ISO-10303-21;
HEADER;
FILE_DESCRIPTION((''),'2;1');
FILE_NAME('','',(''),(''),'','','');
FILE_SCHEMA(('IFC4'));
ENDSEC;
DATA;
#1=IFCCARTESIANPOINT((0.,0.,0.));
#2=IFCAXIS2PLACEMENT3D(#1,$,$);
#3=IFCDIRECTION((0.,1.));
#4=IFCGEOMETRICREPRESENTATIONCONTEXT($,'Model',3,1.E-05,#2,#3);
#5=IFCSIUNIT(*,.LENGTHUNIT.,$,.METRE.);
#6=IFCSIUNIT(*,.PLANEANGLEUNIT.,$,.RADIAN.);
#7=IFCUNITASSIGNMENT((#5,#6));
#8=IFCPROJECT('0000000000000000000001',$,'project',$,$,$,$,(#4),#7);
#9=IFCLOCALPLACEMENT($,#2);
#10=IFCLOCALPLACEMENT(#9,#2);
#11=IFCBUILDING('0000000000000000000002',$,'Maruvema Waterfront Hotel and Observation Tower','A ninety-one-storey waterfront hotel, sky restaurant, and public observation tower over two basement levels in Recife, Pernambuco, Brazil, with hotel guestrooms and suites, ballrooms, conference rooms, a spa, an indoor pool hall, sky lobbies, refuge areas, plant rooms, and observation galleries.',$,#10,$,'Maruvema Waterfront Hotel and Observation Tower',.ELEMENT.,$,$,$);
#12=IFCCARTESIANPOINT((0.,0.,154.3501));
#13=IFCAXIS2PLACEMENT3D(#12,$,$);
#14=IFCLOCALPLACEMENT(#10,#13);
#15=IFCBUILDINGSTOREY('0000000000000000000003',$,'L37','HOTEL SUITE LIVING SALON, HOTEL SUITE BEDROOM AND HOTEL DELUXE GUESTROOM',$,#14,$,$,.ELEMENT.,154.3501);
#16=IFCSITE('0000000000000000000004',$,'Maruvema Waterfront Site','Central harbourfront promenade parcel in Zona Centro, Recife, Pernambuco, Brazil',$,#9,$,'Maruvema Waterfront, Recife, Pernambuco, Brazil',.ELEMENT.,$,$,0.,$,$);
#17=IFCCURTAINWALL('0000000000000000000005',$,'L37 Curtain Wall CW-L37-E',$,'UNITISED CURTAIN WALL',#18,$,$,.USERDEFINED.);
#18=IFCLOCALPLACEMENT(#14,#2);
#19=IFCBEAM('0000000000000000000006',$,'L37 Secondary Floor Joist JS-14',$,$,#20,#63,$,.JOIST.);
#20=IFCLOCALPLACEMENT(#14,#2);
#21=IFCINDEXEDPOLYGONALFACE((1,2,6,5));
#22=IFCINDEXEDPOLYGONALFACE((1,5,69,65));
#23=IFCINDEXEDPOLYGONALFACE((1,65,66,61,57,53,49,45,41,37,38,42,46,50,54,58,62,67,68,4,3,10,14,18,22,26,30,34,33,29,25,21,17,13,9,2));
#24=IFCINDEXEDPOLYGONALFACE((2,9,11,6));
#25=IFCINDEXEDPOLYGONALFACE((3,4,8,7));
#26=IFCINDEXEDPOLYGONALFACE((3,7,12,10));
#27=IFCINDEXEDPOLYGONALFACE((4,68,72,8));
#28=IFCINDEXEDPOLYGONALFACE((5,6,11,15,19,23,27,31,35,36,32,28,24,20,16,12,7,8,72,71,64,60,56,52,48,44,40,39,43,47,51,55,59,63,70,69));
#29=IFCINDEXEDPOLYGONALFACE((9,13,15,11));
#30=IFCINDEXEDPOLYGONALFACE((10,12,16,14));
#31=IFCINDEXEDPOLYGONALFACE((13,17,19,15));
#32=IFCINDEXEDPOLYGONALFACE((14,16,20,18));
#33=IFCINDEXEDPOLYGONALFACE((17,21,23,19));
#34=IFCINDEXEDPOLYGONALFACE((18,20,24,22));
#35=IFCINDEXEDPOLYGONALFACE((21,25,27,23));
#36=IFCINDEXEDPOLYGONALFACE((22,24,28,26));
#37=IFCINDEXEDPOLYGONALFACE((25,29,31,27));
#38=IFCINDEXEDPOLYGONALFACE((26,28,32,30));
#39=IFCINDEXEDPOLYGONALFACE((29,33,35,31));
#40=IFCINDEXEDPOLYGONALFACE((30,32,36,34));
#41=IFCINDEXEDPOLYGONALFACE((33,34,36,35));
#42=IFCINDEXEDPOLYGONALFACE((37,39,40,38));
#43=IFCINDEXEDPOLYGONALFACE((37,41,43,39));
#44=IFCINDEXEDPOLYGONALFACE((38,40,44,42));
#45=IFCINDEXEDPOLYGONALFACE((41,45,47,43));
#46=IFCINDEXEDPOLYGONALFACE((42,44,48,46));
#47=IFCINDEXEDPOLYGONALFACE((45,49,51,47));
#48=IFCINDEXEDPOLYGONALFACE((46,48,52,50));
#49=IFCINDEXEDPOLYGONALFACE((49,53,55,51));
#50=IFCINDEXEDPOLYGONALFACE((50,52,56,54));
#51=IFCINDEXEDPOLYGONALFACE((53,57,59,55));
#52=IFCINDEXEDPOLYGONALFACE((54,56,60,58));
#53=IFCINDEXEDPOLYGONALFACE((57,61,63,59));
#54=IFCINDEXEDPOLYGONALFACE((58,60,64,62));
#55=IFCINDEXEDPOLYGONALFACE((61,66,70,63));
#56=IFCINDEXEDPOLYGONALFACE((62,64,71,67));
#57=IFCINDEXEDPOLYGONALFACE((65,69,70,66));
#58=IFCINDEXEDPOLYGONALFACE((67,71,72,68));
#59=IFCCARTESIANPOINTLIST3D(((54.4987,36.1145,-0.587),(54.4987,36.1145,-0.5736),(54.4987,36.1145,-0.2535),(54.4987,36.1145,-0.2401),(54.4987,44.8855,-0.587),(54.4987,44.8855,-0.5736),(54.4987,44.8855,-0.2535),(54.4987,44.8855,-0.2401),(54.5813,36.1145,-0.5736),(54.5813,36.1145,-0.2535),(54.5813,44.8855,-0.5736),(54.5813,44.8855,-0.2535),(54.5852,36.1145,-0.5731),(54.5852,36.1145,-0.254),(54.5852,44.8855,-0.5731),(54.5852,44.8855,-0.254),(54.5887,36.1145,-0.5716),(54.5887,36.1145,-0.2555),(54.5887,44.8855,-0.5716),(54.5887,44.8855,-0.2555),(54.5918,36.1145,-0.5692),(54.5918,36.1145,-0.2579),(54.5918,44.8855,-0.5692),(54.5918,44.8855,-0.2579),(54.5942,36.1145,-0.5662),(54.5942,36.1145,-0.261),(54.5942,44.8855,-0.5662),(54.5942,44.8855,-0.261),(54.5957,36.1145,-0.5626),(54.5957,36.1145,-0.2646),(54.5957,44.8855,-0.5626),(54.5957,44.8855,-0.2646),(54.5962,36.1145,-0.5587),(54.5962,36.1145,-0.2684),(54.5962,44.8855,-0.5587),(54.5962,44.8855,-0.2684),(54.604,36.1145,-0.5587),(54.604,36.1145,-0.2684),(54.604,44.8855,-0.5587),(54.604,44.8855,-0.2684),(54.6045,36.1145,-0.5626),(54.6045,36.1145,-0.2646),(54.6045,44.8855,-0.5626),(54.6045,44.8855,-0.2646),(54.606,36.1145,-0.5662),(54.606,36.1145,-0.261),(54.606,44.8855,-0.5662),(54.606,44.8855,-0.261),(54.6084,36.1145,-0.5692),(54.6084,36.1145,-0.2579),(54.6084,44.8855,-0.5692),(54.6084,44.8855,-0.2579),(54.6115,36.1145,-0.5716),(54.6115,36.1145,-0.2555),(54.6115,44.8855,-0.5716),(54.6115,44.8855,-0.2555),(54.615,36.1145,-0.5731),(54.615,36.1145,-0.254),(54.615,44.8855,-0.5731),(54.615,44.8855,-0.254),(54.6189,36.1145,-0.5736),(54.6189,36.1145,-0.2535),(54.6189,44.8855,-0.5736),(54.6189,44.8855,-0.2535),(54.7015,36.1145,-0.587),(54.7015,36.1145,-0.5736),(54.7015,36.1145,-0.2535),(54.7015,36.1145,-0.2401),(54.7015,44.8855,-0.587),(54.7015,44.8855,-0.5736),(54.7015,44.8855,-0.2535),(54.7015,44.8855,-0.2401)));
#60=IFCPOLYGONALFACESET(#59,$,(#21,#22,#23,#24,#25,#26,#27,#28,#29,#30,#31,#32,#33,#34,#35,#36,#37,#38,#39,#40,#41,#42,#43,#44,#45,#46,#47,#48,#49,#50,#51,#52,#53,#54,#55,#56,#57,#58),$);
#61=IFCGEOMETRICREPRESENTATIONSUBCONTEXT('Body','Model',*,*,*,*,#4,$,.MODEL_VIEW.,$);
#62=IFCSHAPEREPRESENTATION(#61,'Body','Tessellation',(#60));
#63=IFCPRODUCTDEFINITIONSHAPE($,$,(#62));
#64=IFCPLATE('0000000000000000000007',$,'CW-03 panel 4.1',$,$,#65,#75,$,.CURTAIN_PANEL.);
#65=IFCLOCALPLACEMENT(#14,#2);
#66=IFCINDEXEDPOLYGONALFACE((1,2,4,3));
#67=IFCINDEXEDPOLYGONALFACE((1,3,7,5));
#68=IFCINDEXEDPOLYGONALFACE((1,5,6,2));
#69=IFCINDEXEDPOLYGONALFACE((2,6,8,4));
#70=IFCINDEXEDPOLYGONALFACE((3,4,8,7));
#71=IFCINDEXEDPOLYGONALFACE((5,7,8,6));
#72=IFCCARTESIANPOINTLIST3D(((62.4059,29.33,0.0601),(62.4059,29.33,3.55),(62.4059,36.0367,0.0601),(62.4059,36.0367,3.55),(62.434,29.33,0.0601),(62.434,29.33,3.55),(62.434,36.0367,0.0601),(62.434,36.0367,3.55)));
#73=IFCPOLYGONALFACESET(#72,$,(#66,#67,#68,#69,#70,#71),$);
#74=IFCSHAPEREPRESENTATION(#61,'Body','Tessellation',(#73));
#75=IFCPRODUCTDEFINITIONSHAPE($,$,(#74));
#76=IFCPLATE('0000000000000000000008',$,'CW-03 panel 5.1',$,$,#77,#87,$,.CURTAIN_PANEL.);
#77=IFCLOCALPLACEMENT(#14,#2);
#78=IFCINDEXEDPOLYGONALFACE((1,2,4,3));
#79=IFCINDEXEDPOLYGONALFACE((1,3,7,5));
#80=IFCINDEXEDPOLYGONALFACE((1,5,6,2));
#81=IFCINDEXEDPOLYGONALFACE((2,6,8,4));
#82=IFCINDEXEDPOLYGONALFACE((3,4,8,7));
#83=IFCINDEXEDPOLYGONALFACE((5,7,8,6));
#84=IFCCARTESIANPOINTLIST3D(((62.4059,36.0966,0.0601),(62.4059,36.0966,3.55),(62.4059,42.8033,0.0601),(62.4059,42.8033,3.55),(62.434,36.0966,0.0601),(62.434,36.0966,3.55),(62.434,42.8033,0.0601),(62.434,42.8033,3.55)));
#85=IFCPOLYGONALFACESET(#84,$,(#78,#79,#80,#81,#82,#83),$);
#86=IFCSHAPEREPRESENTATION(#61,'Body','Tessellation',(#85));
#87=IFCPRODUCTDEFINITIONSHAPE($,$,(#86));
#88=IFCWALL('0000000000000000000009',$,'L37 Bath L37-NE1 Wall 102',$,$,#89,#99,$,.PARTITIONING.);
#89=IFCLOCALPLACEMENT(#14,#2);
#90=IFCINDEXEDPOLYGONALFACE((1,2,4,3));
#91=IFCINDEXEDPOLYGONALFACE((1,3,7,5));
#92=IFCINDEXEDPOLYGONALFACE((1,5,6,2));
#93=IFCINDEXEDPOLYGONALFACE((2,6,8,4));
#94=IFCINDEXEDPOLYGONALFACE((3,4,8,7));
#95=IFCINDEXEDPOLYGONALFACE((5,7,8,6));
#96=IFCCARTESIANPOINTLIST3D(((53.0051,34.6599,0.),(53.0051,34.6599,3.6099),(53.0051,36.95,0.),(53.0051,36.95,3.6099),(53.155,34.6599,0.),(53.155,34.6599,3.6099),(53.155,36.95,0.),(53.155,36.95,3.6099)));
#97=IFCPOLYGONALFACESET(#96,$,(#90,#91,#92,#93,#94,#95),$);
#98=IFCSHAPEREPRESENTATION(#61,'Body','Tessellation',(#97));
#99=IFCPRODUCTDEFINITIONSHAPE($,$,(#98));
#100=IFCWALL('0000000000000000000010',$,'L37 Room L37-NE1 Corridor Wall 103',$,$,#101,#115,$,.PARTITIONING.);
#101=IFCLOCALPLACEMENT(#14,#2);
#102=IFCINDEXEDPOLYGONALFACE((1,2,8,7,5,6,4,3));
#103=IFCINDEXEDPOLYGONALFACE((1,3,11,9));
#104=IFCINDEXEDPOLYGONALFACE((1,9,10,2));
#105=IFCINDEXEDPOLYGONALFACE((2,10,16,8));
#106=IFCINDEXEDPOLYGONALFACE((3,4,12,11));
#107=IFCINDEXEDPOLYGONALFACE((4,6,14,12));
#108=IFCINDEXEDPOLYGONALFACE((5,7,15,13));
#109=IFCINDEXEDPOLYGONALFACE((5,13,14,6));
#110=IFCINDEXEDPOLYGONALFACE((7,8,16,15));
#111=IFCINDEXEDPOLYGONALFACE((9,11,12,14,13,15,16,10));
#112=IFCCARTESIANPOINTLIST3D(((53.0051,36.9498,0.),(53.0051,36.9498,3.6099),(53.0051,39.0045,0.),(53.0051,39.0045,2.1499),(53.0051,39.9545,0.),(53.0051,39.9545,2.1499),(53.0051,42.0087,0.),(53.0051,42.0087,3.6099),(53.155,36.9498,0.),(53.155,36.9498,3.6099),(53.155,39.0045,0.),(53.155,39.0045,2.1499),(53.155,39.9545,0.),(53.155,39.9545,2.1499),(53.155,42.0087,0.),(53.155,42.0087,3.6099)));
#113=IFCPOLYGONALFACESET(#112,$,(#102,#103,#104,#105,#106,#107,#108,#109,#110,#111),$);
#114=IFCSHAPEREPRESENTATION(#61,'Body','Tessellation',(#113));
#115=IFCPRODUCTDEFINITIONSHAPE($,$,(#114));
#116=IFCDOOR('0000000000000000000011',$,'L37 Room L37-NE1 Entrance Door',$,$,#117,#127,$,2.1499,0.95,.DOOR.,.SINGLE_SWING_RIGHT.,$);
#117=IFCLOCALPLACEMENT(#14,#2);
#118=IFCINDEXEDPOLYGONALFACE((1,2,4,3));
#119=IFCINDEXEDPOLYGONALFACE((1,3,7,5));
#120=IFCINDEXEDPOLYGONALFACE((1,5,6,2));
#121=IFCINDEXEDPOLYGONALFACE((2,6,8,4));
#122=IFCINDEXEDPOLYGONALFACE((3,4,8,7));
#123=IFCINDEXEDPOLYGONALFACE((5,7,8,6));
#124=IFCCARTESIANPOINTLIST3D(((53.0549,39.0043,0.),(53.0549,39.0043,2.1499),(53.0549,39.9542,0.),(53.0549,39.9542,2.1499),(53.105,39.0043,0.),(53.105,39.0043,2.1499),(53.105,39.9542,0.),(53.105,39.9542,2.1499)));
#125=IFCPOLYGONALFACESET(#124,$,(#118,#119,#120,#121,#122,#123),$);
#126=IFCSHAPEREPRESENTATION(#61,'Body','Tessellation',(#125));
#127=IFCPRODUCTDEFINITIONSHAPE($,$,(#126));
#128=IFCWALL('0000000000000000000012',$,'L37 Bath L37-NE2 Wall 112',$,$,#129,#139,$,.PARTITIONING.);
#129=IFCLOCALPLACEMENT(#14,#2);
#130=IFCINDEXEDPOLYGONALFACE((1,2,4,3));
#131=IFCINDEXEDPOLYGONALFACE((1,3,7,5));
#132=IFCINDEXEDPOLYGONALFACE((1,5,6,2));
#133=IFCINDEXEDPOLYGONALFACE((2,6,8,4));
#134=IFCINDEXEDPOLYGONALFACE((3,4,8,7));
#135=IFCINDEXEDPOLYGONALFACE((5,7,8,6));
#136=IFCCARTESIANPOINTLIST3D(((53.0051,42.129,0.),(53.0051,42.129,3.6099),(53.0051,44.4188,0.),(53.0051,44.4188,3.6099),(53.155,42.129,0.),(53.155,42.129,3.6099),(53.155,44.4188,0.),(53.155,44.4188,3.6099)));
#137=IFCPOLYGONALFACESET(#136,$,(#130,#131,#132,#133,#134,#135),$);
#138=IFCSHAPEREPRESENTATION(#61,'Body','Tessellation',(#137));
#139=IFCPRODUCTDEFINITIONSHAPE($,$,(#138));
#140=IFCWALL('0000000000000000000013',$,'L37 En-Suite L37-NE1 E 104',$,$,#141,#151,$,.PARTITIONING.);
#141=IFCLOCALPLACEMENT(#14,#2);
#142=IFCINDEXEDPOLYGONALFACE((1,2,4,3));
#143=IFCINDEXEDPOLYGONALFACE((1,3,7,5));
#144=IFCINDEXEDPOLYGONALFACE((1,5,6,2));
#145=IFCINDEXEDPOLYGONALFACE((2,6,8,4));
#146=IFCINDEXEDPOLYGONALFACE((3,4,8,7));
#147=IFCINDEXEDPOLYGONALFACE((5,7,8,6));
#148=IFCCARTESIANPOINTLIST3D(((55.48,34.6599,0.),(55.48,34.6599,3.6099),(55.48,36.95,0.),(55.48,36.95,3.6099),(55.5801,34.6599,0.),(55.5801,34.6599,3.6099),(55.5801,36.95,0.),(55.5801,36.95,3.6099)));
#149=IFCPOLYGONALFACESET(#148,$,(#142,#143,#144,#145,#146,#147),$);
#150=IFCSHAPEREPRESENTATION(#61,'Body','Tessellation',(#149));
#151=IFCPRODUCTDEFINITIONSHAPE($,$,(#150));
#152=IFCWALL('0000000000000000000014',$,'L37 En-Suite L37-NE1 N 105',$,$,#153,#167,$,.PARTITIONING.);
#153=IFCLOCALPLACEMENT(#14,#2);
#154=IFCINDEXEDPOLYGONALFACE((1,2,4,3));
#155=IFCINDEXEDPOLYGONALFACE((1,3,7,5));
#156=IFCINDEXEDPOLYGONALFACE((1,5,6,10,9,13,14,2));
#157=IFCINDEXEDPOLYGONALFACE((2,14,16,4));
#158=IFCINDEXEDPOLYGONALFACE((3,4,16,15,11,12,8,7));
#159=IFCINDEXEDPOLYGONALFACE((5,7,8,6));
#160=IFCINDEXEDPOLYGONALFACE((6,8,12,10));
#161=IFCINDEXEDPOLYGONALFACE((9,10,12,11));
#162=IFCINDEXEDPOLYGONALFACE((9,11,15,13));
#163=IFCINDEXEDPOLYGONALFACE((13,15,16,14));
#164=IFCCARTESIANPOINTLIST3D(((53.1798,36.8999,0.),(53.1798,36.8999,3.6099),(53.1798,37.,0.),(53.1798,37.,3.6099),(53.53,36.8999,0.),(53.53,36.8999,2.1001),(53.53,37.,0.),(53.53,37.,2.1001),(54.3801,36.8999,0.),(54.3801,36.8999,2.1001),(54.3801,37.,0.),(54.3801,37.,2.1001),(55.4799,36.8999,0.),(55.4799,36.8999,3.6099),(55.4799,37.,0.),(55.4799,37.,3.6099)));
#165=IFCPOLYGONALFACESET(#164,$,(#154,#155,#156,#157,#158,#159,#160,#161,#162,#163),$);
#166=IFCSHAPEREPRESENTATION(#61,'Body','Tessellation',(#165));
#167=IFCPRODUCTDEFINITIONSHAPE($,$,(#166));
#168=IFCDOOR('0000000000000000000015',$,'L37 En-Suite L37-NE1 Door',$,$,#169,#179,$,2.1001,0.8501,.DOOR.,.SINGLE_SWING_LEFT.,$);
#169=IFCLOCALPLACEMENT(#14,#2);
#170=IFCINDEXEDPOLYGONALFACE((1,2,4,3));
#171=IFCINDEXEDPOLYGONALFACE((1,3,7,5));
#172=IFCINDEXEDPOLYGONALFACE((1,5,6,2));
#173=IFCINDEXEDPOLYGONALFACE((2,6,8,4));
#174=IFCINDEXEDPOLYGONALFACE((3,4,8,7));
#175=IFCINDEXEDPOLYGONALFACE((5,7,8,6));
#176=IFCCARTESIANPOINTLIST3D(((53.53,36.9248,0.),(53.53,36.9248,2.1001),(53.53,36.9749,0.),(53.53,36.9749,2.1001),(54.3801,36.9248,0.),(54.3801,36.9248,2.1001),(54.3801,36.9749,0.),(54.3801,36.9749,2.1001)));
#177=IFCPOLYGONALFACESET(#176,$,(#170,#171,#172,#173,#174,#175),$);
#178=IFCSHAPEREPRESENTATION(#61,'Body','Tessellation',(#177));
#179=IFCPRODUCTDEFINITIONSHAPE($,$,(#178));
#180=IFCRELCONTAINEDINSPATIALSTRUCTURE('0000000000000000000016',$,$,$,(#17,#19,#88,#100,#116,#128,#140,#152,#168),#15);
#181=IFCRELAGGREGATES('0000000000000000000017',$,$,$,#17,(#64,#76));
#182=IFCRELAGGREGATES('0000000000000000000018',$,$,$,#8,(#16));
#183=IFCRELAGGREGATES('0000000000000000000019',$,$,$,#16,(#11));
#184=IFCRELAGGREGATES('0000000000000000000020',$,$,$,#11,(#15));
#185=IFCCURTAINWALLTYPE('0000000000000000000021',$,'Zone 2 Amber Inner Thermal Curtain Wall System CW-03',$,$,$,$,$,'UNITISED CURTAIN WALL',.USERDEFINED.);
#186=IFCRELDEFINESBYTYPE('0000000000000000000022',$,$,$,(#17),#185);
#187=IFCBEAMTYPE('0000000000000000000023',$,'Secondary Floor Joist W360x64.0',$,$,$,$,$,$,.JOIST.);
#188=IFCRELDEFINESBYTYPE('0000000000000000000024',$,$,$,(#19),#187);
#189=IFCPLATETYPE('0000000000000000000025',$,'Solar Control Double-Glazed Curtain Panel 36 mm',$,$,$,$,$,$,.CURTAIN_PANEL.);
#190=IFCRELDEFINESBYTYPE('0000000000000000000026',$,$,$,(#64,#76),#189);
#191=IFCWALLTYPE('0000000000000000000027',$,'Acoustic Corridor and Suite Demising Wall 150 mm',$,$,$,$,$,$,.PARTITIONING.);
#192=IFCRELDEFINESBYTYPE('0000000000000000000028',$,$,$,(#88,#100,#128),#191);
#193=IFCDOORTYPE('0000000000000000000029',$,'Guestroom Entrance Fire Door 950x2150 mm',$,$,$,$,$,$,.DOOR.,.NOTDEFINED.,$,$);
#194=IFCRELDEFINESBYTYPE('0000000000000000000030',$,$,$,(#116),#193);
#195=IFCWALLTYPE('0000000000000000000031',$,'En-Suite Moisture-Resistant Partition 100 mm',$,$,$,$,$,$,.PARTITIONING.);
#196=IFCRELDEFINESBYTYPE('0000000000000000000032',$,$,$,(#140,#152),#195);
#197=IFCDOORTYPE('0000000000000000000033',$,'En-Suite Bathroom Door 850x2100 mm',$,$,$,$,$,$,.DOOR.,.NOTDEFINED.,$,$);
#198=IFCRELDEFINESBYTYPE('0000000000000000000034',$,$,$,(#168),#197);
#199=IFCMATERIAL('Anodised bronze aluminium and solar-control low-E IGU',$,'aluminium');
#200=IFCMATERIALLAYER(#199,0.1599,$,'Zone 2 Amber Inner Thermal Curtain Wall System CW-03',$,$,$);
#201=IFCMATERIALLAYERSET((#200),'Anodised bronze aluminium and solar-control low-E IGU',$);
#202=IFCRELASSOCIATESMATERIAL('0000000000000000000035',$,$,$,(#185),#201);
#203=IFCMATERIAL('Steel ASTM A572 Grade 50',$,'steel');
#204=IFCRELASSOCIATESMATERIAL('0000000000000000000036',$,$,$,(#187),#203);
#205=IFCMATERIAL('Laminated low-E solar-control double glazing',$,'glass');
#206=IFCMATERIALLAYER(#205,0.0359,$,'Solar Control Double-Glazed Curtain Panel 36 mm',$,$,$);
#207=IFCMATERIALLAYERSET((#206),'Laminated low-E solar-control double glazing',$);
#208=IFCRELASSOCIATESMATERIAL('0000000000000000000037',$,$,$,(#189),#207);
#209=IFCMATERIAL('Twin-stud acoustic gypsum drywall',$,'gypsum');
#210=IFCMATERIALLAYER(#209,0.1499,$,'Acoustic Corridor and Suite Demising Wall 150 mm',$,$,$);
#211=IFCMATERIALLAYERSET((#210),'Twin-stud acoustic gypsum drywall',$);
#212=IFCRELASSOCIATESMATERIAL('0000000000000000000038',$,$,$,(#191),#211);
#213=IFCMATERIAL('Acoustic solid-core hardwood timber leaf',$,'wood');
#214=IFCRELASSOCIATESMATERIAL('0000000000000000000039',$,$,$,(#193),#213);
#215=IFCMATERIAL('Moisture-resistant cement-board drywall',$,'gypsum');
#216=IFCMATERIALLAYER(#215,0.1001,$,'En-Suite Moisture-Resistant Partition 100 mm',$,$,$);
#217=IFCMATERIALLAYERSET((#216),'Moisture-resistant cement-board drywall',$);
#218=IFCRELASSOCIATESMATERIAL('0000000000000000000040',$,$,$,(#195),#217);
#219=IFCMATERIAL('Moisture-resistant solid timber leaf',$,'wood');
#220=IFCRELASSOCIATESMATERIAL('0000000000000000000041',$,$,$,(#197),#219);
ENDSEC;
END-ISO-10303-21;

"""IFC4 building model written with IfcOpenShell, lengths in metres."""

from ifc_helpers import new_model, si_unit, direction, frame, frame_2d, origin, origin_2d, place, context, subcontext, project, spatial, rectangle, i_section, extrude, material, layer, layer_set, material_profile, profile_set, type_object, element, fill, aggregate, save


model = new_model("IFC4")

# Units and contexts
model_context = context("Model", 3, precision=1e-05, world=origin(), true_north=direction((0.0, 1.0)))
body_context = subcontext(model_context, "Body", "Model", "MODEL_VIEW")
ifc_project = project(units=[si_unit("LENGTHUNIT", "METRE"), si_unit("PLANEANGLEUNIT", "RADIAN")], contexts=[model_context])

# Site, building, storey
site_placement = place(None, origin())
site = spatial("IfcSite", under=ifc_project, at=site_placement, Name="Maruvema Waterfront Site", Description="Central harbourfront promenade parcel in Zona Centro, Recife, Pernambuco, Brazil", LongName="Maruvema Waterfront, Recife, Pernambuco, Brazil", CompositionType="ELEMENT", RefElevation=0.0)
building_placement = place(site_placement, origin())
building = spatial("IfcBuilding", under=site, at=building_placement, Name="Maruvema Waterfront Hotel and Observation Tower", Description="A ninety-one-storey waterfront hotel, sky restaurant, and public observation tower over two basement levels in Recife, Pernambuco, Brazil, with hotel guestrooms and suites, ballrooms, conference rooms, a spa, an indoor pool hall, sky lobbies, refuge areas, plant rooms, and observation galleries.", LongName="Maruvema Waterfront Hotel and Observation Tower", CompositionType="ELEMENT")
storey_placement = place(building_placement, frame((0.0, 0.0, 154.3501)))
storey = spatial("IfcBuildingStorey", under=building, at=storey_placement, Name="L37", Description="HOTEL SUITE LIVING SALON, HOTEL SUITE BEDROOM AND HOTEL DELUXE GUESTROOM", CompositionType="ELEMENT", Elevation=154.3501)

# Curtain wall
ifc_material_1 = material(Name="Anodised bronze aluminium and solar-control low-E IGU", Category="aluminium")
ifc_layer_1 = layer(ifc_material_1, 0.1599, Name="Zone 2 Amber Inner Thermal Curtain Wall System CW-03")
ifc_layer_set_1 = layer_set([ifc_layer_1], Name="Anodised bronze aluminium and solar-control low-E IGU")
curtain_wall_type = type_object("IfcCurtainWallType", Name="Zone 2 Amber Inner Thermal Curtain Wall System CW-03", ElementType="UNITISED CURTAIN WALL", PredefinedType="USERDEFINED", material=ifc_layer_set_1)
curtain_wall_placement = place(storey_placement, origin())
curtain_wall = element("IfcCurtainWall", 1, at=curtain_wall_placement, inside=storey, type_object=curtain_wall_type, Name="L37 Curtain Wall CW-L37-E", ObjectType="UNITISED CURTAIN WALL", PredefinedType="USERDEFINED")

# Beam
ifc_material_2 = material(Name="Steel ASTM A572 Grade 50", Category="steel")
ifc_material_profile_1 = material_profile(ifc_material_2, i_section(OverallWidth=0.2029, OverallDepth=0.3469, WebThickness=0.0078, FlangeThickness=0.0134, FilletRadius=0.0149, at=origin_2d()), Name="W360x64.0")
ifc_profile_set_1 = profile_set([ifc_material_profile_1], Name="Steel ASTM A572 Grade 50")
beam_type_1 = type_object("IfcBeamType", Name="Secondary Floor Joist W360x64.0", PredefinedType="JOIST", material=ifc_profile_set_1)
beam_1_placement = place(storey_placement, frame((54.6001, 36.1145, -0.4136), z_axis=(0.0, 1.0, 0.0), x_axis=(-1.0, 0.0, 0.0)))
element("IfcBeam", 2, at=beam_1_placement, inside=storey, type_object=beam_type_1, Name="L37 Secondary Floor Joist JS-14", PredefinedType="JOIST", context=body_context, shape_type="SweptSolid", body=[
    extrude(i_section(OverallWidth=0.2029, OverallDepth=0.3469, WebThickness=0.0078, FlangeThickness=0.0134, FilletRadius=0.0149, at=origin_2d()), origin(), (0.0, 0.0, 1.0), 8.771),
])

# Plates
ifc_material_3 = material(Name="Laminated low-E solar-control double glazing", Category="glass")
ifc_layer_2 = layer(ifc_material_3, 0.0359, Name="Solar Control Double-Glazed Curtain Panel 36 mm")
ifc_layer_set_2 = layer_set([ifc_layer_2], Name="Laminated low-E solar-control double glazing")
plate_type = type_object("IfcPlateType", Name="Solar Control Double-Glazed Curtain Panel 36 mm", PredefinedType="CURTAIN_PANEL", material=ifc_layer_set_2)
plate_1_placement = place(storey_placement, frame((62.4199, 32.6833, 0.0601), z_axis=(0.0, 0.0, 1.0), x_axis=(0.0, 1.0, 0.0)))
plate_1 = element("IfcPlate", 3, at=plate_1_placement, type_object=plate_type, Name="CW-03 panel 4.1", PredefinedType="CURTAIN_PANEL", context=body_context, shape_type="SweptSolid", body=[
    extrude(rectangle(XDim=6.7068, YDim=0.0281, at=origin_2d()), origin(), (0.0, 0.0, 1.0), 3.49),
])
plate_2_placement = place(storey_placement, frame((62.4199, 39.45, 0.0601), z_axis=(0.0, 0.0, 1.0), x_axis=(0.0, 1.0, 0.0)))
plate_2 = element("IfcPlate", 4, at=plate_2_placement, type_object=plate_type, Name="CW-03 panel 5.1", PredefinedType="CURTAIN_PANEL", context=body_context, shape_type="SweptSolid", body=[
    extrude(rectangle(XDim=6.7068, YDim=0.0281, at=origin_2d()), origin(), (0.0, 0.0, 1.0), 3.49),
])
aggregate(curtain_wall, [plate_1, plate_2])

# Wall
ifc_material_4 = material(Name="Twin-stud acoustic gypsum drywall", Category="gypsum")
ifc_layer_3 = layer(ifc_material_4, 0.1499, Name="Acoustic Corridor and Suite Demising Wall 150 mm")
ifc_layer_set_3 = layer_set([ifc_layer_3], Name="Twin-stud acoustic gypsum drywall")
wall_type_1 = type_object("IfcWallType", Name="Acoustic Corridor and Suite Demising Wall 150 mm", PredefinedType="PARTITIONING", material=ifc_layer_set_3)
wall_1_placement = place(storey_placement, frame((53.0801, 34.6599, 0.0), z_axis=(0.0, 0.0, 1.0), x_axis=(0.0, 1.0, 0.0)))
element("IfcWall", 5, at=wall_1_placement, inside=storey, type_object=wall_type_1, Name="L37 Bath L37-NE1 Wall 102", PredefinedType="PARTITIONING", context=body_context, shape_type="SweptSolid", body=[
    extrude(rectangle(XDim=2.29, YDim=0.1499, at=frame_2d((1.145, 0.0))), origin(), (0.0, 0.0, 1.0), 3.6099),
])

# Wall, opening, door
wall_2_placement = place(storey_placement, frame((53.0801, 36.95, 0.0), z_axis=(0.0, 0.0, 1.0), x_axis=(0.0, 1.0, 0.0)))
wall_2 = element("IfcWall", 6, at=wall_2_placement, inside=storey, type_object=wall_type_1, Name="L37 Room L37-NE1 Corridor Wall 103", PredefinedType="PARTITIONING", context=body_context, shape_type="SweptSolid", body=[
    extrude(rectangle(XDim=5.0588, YDim=0.1499, at=frame_2d((2.5293, 0.0))), origin(), (0.0, 0.0, 1.0), 3.6099),
])
opening_1_placement = place(wall_2_placement, frame((2.0544, 0.0, 0.0)))
opening_1 = element("IfcOpeningElement", 7, at=opening_1_placement, cuts=wall_2, PredefinedType="OPENING", context=body_context, shape_type="SweptSolid", body=[
    extrude(rectangle(XDim=0.95, YDim=2.1499, at=frame_2d((0.4751, 1.075))), frame((0.0, 0.085, 0.0), z_axis=(0.0, -1.0, 0.0), x_axis=(1.0, 0.0, 0.0)), (0.0, 0.0, 1.0), 0.1699),
])
ifc_material_5 = material(Name="Acoustic solid-core hardwood timber leaf", Category="wood")
door_type_1 = type_object("IfcDoorType", Name="Guestroom Entrance Fire Door 950x2150 mm", OperationType="NOTDEFINED", PredefinedType="DOOR", material=ifc_material_5)
door_1_placement = place(opening_1_placement, frame((0.95, 0.0, 0.0), z_axis=(0.0, 0.0, 1.0), x_axis=(-1.0, 0.0, 0.0)))
door_1 = element("IfcDoor", 8, at=door_1_placement, inside=storey, type_object=door_type_1, Name="L37 Room L37-NE1 Entrance Door", OperationType="SINGLE_SWING_RIGHT", OverallHeight=2.1499, OverallWidth=0.95, PredefinedType="DOOR", context=body_context, shape_type="SweptSolid", body=[
    extrude(rectangle(XDim=0.95, YDim=2.1499, at=frame_2d((0.4751, 1.075))), frame((0.0, 0.0249, 0.0), z_axis=(0.0, -1.0, 0.0), x_axis=(1.0, 0.0, 0.0)), (0.0, 0.0, 1.0), 0.05),
])
fill(opening_1, door_1)

# Walls
wall_3_placement = place(storey_placement, frame((53.0801, 42.1289, 0.0), z_axis=(0.0, 0.0, 1.0), x_axis=(0.0, 1.0, 0.0)))
element("IfcWall", 9, at=wall_3_placement, inside=storey, type_object=wall_type_1, Name="L37 Bath L37-NE2 Wall 112", PredefinedType="PARTITIONING", context=body_context, shape_type="SweptSolid", body=[
    extrude(rectangle(XDim=2.2898, YDim=0.1499, at=frame_2d((1.145, 0.0))), origin(), (0.0, 0.0, 1.0), 3.6099),
])
ifc_material_6 = material(Name="Moisture-resistant cement-board drywall", Category="gypsum")
ifc_layer_4 = layer(ifc_material_6, 0.1001, Name="En-Suite Moisture-Resistant Partition 100 mm")
ifc_layer_set_4 = layer_set([ifc_layer_4], Name="Moisture-resistant cement-board drywall")
wall_type_2 = type_object("IfcWallType", Name="En-Suite Moisture-Resistant Partition 100 mm", PredefinedType="PARTITIONING", material=ifc_layer_set_4)
wall_4_placement = place(storey_placement, frame((55.53, 34.6599, 0.0), z_axis=(0.0, 0.0, 1.0), x_axis=(0.0, 1.0, 0.0)))
element("IfcWall", 10, at=wall_4_placement, inside=storey, type_object=wall_type_2, Name="L37 En-Suite L37-NE1 E 104", PredefinedType="PARTITIONING", context=body_context, shape_type="SweptSolid", body=[
    extrude(rectangle(XDim=2.29, YDim=0.1001, at=frame_2d((1.145, 0.0))), origin(), (0.0, 0.0, 1.0), 3.6099),
])

# Wall, opening, door
wall_5_placement = place(storey_placement, frame((53.1799, 36.95, 0.0), z_axis=(0.0, 0.0, 1.0), x_axis=(1.0, 0.0, 0.0)))
wall_5 = element("IfcWall", 11, at=wall_5_placement, inside=storey, type_object=wall_type_2, Name="L37 En-Suite L37-NE1 N 105", PredefinedType="PARTITIONING", context=body_context, shape_type="SweptSolid", body=[
    extrude(rectangle(XDim=2.3, YDim=0.1001, at=frame_2d((1.1499, 0.0))), origin(), (0.0, 0.0, 1.0), 3.6099),
])
opening_2_placement = place(wall_5_placement, frame((0.3501, 0.0, 0.0)))
opening_2 = element("IfcOpeningElement", 12, at=opening_2_placement, cuts=wall_5, PredefinedType="OPENING", context=body_context, shape_type="SweptSolid", body=[
    extrude(rectangle(XDim=0.8501, YDim=2.1001, at=frame_2d((0.425, 1.05))), frame((0.0, 0.0601, 0.0), z_axis=(0.0, -1.0, 0.0), x_axis=(1.0, 0.0, 0.0)), (0.0, 0.0, 1.0), 0.1201),
])
ifc_material_7 = material(Name="Moisture-resistant solid timber leaf", Category="wood")
door_type_2 = type_object("IfcDoorType", Name="En-Suite Bathroom Door 850x2100 mm", OperationType="NOTDEFINED", PredefinedType="DOOR", material=ifc_material_7)
door_2_placement = place(opening_2_placement, origin())
door_2 = element("IfcDoor", 13, at=door_2_placement, inside=storey, type_object=door_type_2, Name="L37 En-Suite L37-NE1 Door", OperationType="SINGLE_SWING_LEFT", OverallHeight=2.1001, OverallWidth=0.8501, PredefinedType="DOOR", context=body_context, shape_type="SweptSolid", body=[
    extrude(rectangle(XDim=0.8501, YDim=2.1001, at=frame_2d((0.425, 1.05))), frame((0.0, 0.0249, 0.0), z_axis=(0.0, -1.0, 0.0), x_axis=(1.0, 0.0, 0.0)), (0.0, 0.0, 1.0), 0.05),
])
fill(opening_2, door_2)

save(model, "model.ifc")
